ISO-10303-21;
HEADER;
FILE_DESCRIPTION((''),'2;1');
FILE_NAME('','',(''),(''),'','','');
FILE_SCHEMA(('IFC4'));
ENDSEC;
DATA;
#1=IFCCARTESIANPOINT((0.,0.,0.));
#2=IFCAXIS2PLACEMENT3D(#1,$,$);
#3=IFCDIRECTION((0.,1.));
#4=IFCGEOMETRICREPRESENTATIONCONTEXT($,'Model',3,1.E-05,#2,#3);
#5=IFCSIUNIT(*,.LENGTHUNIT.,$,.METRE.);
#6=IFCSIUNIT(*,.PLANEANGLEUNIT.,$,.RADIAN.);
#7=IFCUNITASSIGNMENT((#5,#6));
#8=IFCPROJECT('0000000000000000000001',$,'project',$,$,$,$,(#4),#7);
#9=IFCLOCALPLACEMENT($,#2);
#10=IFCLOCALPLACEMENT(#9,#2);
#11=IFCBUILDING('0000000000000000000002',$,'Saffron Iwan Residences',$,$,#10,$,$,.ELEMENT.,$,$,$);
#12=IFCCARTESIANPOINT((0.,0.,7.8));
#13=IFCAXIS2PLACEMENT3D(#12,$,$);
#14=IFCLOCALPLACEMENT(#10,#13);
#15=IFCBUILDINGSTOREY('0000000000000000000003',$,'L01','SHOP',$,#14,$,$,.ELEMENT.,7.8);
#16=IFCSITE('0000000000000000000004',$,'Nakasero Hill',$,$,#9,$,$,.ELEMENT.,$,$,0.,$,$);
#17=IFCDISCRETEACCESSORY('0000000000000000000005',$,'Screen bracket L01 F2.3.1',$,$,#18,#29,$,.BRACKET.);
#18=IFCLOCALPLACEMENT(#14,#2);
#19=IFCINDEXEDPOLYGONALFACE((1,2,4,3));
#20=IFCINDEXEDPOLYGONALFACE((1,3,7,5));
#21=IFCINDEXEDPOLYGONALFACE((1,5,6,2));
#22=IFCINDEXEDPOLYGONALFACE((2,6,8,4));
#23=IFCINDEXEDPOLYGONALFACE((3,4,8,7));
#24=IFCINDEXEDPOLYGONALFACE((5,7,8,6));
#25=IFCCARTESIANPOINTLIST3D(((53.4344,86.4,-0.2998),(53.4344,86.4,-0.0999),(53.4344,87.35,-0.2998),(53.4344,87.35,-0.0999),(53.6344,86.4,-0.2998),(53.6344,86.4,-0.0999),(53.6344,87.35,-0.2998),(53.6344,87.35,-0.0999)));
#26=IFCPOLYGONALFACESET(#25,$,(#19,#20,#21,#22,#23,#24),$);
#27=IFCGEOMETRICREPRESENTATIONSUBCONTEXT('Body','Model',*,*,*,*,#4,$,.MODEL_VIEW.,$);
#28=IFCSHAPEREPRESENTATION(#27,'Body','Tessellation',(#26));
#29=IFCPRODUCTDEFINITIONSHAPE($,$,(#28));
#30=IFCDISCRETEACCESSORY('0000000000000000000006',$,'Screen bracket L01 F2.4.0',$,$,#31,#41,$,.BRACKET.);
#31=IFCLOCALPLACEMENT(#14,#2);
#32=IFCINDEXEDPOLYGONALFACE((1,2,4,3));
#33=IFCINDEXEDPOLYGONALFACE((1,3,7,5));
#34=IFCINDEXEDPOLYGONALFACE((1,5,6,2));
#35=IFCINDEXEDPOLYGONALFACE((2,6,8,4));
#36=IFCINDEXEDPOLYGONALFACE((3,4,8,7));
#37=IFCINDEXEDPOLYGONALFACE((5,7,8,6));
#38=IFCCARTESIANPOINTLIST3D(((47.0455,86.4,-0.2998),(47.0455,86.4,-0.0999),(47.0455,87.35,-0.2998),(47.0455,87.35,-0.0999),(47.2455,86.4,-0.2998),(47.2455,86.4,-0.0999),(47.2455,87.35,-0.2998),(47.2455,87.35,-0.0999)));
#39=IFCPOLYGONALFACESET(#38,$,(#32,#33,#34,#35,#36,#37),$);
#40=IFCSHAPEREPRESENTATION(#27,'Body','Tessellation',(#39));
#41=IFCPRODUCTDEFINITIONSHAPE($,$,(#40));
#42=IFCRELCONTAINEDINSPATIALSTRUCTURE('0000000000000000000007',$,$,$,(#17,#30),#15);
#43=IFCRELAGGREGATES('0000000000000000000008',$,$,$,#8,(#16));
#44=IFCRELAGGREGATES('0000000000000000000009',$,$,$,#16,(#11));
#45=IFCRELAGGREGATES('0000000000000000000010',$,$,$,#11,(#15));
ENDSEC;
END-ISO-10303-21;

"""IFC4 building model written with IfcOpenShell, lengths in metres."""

from ifc_helpers import new_model, si_unit, direction, frame, origin, origin_2d, place, context, subcontext, project, spatial, rectangle, extrude, source, transform, mapped, element, save


model = new_model("IFC4")

# Units and contexts
model_context = context("Model", 3, precision=1e-05, world=origin(), true_north=direction((0.0, 1.0)))
body_context = subcontext(model_context, "Body", "Model", "MODEL_VIEW")
ifc_project = project(units=[si_unit("LENGTHUNIT", "METRE"), si_unit("PLANEANGLEUNIT", "RADIAN")], contexts=[model_context])

# Site, building, storey
site_placement = place(None, origin())
site = spatial("IfcSite", under=ifc_project, at=site_placement, Name="Nakasero Hill", CompositionType="ELEMENT", RefElevation=0.0)
building_placement = place(site_placement, origin())
building = spatial("IfcBuilding", under=site, at=building_placement, Name="Saffron Iwan Residences", CompositionType="ELEMENT")
storey_placement = place(building_placement, frame((0.0, 0.0, 7.8)))
storey = spatial("IfcBuildingStorey", under=building, at=storey_placement, Name="L01", Description="SHOP", CompositionType="ELEMENT", Elevation=7.8)

# Discrete accessories
shared_shape_1 = source(origin(), body_context, "Body", "SweptSolid", [
    extrude(rectangle(XDim=0.95, YDim=0.2, at=origin_2d()), origin(), (0.0, 0.0, 1.0), 0.2),
])
for number, where, z_axis, x_axis, name in (
    (1, (53.5344, 86.875, -0.2998), (0.0, 0.0, 1.0), (0.0, 1.0, 0.0), "Screen bracket L01 F2.3.1"),
    (2, (47.1455, 86.875, -0.2998), (0.0, 0.0, 1.0), (0.0, 1.0, 0.0), "Screen bracket L01 F2.4.0"),
):
    element("IfcDiscreteAccessory", number, at=place(storey_placement, frame(where, z_axis=z_axis, x_axis=x_axis)), inside=storey, Name=name, PredefinedType="BRACKET", context=body_context, shape_type="MappedRepresentation", body=[
        mapped(shared_shape_1, transform((0.0, 0.0, 0.0))),
    ])

save(model, "model.ifc")
